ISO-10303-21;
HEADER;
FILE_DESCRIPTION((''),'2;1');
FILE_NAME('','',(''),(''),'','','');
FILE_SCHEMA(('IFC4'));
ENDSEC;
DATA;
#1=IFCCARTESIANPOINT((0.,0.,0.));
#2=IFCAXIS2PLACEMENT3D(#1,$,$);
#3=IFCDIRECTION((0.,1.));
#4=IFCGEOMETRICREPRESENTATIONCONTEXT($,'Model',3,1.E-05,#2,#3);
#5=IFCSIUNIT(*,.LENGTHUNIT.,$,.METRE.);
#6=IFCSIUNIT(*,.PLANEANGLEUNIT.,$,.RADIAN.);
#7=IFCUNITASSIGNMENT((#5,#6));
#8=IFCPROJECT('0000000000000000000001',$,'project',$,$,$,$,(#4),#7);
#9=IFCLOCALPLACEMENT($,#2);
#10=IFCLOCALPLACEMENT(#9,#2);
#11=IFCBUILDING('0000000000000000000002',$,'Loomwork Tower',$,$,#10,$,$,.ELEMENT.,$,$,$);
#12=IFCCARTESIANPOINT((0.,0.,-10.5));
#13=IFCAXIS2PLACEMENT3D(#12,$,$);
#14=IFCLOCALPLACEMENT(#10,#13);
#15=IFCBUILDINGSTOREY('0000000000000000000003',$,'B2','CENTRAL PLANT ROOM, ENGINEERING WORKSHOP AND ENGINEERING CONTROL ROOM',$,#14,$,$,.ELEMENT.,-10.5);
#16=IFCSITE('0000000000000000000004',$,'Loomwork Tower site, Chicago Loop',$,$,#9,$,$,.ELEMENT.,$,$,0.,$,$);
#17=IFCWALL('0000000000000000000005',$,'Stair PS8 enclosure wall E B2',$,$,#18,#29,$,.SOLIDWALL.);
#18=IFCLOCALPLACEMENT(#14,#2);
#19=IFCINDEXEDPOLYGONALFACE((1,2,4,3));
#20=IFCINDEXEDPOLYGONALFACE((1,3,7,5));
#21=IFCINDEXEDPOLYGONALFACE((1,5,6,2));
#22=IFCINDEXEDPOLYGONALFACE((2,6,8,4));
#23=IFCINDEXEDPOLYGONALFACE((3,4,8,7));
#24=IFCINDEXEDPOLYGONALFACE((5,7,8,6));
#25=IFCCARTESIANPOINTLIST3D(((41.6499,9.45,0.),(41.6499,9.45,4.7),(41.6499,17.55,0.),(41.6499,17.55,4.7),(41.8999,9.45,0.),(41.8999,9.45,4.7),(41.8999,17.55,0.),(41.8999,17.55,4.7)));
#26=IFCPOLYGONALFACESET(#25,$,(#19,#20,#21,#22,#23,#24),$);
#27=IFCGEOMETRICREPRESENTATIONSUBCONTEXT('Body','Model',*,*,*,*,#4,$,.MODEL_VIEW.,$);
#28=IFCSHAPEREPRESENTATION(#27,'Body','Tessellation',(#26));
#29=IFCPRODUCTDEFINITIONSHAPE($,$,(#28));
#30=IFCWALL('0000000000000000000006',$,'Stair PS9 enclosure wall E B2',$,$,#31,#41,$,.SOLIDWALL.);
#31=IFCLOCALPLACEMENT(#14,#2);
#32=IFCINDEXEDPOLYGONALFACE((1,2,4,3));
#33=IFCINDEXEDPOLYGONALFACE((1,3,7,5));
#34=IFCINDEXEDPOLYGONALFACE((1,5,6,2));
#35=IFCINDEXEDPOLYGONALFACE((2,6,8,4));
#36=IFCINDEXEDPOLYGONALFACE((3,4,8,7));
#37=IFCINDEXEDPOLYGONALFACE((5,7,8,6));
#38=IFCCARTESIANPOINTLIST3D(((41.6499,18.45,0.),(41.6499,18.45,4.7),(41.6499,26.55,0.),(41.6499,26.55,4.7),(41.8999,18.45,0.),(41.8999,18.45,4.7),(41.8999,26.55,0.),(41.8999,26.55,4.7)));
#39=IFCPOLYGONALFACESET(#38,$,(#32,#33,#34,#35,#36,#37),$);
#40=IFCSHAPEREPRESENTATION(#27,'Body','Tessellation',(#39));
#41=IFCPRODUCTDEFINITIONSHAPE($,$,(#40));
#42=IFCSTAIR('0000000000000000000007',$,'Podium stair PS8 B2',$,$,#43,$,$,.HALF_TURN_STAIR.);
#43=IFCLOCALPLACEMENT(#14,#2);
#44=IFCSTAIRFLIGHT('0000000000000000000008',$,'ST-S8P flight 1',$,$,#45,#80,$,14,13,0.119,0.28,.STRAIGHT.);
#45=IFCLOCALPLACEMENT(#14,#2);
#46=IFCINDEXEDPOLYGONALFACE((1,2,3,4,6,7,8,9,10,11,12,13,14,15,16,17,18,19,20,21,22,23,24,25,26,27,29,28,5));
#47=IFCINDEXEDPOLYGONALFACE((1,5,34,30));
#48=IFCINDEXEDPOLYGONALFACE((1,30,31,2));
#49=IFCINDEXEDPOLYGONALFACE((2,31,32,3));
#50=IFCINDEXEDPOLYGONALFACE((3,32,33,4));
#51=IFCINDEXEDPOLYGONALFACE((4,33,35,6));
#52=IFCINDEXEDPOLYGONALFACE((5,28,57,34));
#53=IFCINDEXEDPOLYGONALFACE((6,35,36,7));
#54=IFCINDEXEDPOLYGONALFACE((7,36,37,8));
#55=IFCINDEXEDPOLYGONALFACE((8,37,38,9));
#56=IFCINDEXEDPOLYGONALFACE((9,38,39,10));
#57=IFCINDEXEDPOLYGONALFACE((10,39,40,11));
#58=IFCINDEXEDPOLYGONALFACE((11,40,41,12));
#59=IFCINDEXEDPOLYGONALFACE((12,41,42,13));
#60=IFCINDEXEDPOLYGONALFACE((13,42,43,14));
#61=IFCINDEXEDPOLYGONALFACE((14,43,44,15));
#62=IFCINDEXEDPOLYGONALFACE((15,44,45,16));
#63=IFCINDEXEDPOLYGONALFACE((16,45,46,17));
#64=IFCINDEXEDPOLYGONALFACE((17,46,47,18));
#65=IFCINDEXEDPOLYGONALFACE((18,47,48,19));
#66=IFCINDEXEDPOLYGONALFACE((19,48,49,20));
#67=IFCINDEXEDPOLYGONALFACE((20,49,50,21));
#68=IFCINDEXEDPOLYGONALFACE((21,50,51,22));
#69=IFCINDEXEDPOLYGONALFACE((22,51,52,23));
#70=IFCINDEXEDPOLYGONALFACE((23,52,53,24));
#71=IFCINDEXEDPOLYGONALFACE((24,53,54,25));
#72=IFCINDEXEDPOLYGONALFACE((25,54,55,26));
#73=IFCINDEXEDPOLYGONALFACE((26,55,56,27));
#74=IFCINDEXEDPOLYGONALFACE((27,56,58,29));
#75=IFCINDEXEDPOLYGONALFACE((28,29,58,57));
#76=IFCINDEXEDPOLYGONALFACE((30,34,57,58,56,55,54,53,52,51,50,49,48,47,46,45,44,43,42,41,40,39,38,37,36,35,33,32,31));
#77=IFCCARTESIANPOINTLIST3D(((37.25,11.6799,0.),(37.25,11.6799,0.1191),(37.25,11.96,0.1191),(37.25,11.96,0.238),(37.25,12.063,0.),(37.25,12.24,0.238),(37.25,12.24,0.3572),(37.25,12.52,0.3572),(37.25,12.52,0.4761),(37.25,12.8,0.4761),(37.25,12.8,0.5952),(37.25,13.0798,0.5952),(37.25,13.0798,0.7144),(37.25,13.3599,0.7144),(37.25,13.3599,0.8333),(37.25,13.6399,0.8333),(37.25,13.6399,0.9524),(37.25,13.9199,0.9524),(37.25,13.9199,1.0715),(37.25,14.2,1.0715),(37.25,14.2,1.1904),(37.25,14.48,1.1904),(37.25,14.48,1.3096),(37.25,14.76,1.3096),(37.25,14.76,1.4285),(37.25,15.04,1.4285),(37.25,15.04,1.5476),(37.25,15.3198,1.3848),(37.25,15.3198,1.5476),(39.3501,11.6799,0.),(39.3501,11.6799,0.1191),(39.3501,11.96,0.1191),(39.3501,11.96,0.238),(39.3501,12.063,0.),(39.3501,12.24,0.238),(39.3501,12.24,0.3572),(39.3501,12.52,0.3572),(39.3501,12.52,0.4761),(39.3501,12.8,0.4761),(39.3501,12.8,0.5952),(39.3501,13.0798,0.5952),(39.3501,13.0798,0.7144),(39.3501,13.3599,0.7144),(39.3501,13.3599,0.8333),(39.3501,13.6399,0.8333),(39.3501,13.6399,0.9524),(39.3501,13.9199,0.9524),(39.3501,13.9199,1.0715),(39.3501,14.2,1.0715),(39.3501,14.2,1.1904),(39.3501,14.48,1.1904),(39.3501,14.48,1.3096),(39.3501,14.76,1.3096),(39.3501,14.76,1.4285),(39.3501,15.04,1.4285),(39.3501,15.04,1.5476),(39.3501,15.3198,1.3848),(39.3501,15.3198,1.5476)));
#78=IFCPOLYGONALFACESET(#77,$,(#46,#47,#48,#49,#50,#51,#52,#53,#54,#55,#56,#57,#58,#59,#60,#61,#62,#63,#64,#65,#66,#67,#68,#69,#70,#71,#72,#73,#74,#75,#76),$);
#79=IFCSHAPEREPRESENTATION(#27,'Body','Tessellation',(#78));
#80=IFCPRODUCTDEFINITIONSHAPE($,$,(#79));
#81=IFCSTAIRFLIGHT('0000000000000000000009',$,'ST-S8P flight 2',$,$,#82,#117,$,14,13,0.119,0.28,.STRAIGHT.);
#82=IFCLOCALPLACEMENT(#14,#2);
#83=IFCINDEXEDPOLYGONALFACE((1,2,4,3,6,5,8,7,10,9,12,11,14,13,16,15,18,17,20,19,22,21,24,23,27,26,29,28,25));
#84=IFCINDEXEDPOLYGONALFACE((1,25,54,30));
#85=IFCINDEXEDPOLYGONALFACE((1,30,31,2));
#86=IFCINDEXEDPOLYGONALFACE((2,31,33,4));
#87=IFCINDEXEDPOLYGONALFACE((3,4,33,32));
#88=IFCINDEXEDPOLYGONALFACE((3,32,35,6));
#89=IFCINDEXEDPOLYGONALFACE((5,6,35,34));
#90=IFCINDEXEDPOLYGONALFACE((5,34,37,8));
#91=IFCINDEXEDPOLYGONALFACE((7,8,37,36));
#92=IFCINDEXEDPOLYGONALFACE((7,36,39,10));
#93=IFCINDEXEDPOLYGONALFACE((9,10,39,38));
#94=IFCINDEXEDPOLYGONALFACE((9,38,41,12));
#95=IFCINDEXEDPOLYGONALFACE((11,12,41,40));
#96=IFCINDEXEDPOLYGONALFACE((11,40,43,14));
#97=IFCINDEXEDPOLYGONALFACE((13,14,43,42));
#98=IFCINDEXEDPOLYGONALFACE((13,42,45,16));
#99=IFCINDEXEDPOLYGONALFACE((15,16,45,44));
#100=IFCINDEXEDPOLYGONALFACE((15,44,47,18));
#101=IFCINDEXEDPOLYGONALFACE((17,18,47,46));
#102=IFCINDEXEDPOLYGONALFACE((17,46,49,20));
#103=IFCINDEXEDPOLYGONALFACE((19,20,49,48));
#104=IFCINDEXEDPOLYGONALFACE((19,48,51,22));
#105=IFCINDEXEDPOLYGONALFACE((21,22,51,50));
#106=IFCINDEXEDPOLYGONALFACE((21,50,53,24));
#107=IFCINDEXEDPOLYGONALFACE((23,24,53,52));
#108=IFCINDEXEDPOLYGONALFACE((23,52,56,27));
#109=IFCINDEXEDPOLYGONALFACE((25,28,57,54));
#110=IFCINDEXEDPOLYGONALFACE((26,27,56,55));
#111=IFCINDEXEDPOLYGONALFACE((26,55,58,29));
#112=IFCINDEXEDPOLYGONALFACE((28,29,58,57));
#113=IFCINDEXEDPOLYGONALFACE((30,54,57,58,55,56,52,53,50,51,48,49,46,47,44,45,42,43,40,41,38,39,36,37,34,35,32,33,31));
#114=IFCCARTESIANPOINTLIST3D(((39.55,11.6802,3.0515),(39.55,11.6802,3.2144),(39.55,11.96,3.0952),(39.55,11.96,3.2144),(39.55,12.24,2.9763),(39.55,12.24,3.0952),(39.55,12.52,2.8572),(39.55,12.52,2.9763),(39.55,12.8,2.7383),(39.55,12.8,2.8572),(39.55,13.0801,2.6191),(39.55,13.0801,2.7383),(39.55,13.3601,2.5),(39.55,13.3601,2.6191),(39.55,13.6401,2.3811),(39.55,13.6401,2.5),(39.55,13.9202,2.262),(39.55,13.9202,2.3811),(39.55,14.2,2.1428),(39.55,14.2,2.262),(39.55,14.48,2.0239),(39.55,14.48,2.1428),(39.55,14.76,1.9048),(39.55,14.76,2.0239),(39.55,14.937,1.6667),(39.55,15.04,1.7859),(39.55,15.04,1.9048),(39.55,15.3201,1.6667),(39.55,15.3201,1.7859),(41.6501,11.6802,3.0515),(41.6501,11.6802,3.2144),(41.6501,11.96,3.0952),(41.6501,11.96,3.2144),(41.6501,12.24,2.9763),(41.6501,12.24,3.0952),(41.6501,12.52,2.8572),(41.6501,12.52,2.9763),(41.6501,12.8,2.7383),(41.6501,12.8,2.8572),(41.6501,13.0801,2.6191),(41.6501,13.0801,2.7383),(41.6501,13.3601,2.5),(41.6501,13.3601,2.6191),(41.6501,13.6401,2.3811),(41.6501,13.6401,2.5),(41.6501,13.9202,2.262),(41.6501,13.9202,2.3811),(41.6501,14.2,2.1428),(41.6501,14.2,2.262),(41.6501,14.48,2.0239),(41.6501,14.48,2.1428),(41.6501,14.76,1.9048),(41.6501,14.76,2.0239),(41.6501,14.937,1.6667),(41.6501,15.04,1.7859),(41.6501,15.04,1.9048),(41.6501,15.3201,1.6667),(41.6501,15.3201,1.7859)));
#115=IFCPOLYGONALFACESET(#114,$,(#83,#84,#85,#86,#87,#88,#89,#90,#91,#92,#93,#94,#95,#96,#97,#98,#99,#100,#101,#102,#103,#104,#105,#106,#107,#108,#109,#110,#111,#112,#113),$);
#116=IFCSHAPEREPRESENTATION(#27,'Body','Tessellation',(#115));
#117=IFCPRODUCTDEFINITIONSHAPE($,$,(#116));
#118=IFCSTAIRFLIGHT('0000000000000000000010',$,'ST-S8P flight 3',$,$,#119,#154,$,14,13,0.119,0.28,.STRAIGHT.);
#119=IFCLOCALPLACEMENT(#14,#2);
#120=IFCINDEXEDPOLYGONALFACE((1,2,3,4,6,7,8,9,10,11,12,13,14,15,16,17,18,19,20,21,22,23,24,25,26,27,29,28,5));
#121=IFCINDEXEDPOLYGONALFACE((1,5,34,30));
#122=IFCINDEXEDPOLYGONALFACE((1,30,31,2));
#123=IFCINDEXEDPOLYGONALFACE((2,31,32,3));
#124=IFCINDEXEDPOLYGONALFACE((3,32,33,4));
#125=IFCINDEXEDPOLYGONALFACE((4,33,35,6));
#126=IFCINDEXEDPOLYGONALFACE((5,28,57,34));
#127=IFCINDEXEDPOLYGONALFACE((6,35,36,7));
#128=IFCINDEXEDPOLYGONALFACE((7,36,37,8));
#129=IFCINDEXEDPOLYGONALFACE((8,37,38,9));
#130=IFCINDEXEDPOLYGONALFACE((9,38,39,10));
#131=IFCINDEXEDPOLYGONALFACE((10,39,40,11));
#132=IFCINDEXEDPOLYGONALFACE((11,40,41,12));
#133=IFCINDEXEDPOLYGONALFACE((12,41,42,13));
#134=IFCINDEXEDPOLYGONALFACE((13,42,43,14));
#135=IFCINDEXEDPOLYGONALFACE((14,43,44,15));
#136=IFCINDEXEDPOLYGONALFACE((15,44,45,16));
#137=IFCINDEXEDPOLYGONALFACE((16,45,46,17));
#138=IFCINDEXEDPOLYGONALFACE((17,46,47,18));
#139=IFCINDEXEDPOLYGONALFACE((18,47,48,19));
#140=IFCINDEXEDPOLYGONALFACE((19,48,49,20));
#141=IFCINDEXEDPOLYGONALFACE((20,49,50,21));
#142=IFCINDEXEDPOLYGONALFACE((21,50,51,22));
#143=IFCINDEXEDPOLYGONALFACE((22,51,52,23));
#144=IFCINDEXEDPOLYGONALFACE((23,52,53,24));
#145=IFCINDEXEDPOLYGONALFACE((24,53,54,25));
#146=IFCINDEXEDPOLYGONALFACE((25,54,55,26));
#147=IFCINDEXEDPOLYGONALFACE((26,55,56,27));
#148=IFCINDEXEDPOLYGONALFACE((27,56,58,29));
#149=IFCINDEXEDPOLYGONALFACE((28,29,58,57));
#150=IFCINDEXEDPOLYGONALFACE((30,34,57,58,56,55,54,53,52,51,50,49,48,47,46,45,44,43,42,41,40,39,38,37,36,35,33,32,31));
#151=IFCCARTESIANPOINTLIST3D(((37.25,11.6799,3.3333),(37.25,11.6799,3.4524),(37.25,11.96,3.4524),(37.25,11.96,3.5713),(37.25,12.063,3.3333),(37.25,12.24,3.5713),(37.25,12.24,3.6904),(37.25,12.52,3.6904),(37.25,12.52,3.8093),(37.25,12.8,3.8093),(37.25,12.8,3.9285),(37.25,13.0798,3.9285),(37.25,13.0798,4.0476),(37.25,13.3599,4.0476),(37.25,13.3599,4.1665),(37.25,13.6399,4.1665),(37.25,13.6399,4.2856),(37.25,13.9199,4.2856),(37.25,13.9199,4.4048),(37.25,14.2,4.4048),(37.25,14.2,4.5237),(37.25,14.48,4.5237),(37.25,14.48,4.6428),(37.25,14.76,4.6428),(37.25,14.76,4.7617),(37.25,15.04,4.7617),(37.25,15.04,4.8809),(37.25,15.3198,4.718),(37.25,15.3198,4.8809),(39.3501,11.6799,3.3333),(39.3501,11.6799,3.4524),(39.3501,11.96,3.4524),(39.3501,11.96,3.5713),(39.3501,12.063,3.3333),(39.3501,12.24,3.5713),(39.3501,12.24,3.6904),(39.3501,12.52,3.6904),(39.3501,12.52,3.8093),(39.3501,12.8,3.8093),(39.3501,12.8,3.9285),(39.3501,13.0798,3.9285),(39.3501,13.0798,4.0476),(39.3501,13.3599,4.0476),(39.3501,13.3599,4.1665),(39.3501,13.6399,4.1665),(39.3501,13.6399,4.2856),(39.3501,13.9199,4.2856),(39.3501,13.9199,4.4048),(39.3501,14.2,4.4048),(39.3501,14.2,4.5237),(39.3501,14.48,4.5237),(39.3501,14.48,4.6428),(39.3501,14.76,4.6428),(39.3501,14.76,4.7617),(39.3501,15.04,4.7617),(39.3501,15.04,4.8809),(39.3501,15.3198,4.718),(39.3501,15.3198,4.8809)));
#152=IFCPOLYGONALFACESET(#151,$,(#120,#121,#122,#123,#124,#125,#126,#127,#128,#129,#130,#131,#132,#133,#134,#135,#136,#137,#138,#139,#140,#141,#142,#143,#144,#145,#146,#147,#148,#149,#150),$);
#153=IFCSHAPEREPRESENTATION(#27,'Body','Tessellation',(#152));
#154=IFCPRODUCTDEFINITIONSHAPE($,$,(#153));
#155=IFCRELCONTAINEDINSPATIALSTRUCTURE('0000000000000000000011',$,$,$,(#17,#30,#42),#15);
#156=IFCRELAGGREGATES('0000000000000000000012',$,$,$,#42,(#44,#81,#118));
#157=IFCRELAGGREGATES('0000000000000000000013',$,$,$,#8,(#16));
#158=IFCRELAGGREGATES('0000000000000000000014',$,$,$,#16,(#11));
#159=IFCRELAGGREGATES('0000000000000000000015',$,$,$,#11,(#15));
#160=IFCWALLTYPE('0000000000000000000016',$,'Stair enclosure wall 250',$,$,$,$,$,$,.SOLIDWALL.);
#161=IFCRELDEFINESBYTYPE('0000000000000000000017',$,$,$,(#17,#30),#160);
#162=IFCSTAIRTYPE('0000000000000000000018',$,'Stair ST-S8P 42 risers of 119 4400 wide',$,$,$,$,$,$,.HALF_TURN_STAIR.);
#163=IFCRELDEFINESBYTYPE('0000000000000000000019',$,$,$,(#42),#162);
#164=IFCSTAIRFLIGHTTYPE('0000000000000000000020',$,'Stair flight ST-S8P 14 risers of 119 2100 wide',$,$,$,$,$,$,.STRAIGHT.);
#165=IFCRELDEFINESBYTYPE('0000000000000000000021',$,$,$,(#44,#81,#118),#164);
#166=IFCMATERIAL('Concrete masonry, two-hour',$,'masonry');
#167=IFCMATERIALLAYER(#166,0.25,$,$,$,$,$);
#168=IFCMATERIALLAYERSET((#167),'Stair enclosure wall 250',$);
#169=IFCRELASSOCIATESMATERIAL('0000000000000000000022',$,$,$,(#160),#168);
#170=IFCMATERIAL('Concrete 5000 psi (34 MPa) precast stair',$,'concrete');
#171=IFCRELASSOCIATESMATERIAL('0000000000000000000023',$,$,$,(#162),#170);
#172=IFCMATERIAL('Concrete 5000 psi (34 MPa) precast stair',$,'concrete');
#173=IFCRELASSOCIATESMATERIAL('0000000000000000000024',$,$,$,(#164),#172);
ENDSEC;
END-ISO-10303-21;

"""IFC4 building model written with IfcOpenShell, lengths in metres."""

from ifc_helpers import new_model, si_unit, direction, frame, frame_2d, origin, place, context, subcontext, project, spatial, polyline, rectangle, outline, extrude, material, layer, layer_set, type_object, element, aggregate, save


model = new_model("IFC4")

# Units and contexts
model_context = context("Model", 3, precision=1e-05, world=origin(), true_north=direction((0.0, 1.0)))
body_context = subcontext(model_context, "Body", "Model", "MODEL_VIEW")
ifc_project = project(units=[si_unit("LENGTHUNIT", "METRE"), si_unit("PLANEANGLEUNIT", "RADIAN")], contexts=[model_context])

# Site, building, storey
site_placement = place(None, origin())
site = spatial("IfcSite", under=ifc_project, at=site_placement, Name="Loomwork Tower site, Chicago Loop", CompositionType="ELEMENT", RefElevation=0.0)
building_placement = place(site_placement, origin())
building = spatial("IfcBuilding", under=site, at=building_placement, Name="Loomwork Tower", CompositionType="ELEMENT")
storey_placement = place(building_placement, frame((0.0, 0.0, -10.5)))
storey = spatial("IfcBuildingStorey", under=building, at=storey_placement, Name="B2", Description="CENTRAL PLANT ROOM, ENGINEERING WORKSHOP AND ENGINEERING CONTROL ROOM", CompositionType="ELEMENT", Elevation=-10.5)

# Walls
ifc_material_1 = material(Name="Concrete masonry, two-hour", Category="masonry")
ifc_layer_1 = layer(ifc_material_1, 0.25)
ifc_layer_set_1 = layer_set([ifc_layer_1], Name="Stair enclosure wall 250")
wall_type_1 = type_object("IfcWallType", Name="Stair enclosure wall 250", PredefinedType="SOLIDWALL", material=ifc_layer_set_1)
for number, where, z_axis, x_axis, name in (
    (1, (41.7749, 9.45, 0.0), (0.0, 0.0, 1.0), (0.0, 1.0, 0.0), "Stair PS8 enclosure wall E B2"),
    (2, (41.7749, 18.45, 0.0), (0.0, 0.0, 1.0), (0.0, 1.0, 0.0), "Stair PS9 enclosure wall E B2"),
):
    element("IfcWall", number, at=place(storey_placement, frame(where, z_axis=z_axis, x_axis=x_axis)), inside=storey, type_object=wall_type_1, Name=name, PredefinedType="SOLIDWALL", context=body_context, shape_type="SweptSolid", body=[
        extrude(rectangle(XDim=8.1001, YDim=0.25, at=frame_2d((4.05, 0.0))), origin(), (0.0, 0.0, 1.0), 4.7),
    ])

# Stair, stair flights
ifc_material_2 = material(Name="Concrete 5000 psi (34 MPa) precast stair", Category="concrete")
stair_type_1 = type_object("IfcStairType", Name="Stair ST-S8P 42 risers of 119 4400 wide", PredefinedType="HALF_TURN_STAIR", material=ifc_material_2)
stair_1_placement = place(storey_placement, origin())
stair_1 = element("IfcStair", 3, at=stair_1_placement, inside=storey, type_object=stair_type_1, Name="Podium stair PS8 B2", PredefinedType="HALF_TURN_STAIR")
ifc_material_3 = material(Name="Concrete 5000 psi (34 MPa) precast stair", Category="concrete")
stair_flight_type_1 = type_object("IfcStairFlightType", Name="Stair flight ST-S8P 14 risers of 119 2100 wide", PredefinedType="STRAIGHT", material=ifc_material_3)
stair_flight_1_placement = place(storey_placement, frame((38.3, 11.6799, 0.0), z_axis=(0.0, 0.0, 1.0), x_axis=(0.0, 1.0, 0.0)))
stair_flight_1 = element("IfcStairFlight", 4, at=stair_flight_1_placement, type_object=stair_flight_type_1, Name="ST-S8P flight 1", NumberOfRisers=14, NumberOfTreads=13, PredefinedType="STRAIGHT", RiserHeight=0.119, TreadLength=0.28, context=body_context, shape_type="SweptSolid", body=[
    extrude(outline(polyline([(0.0, 0.0), (0.0, 0.1191), (0.28, 0.1191), (0.28, 0.238), (0.5601, 0.238), (0.5601, 0.3572), (0.8401, 0.3572), (0.8401, 0.4761), (1.1201, 0.4761), (1.1201, 0.5952), (1.3999, 0.5952), (1.3999, 0.7144), (1.6799, 0.7144), (1.6799, 0.8333), (1.96, 0.8333), (1.96, 0.9524), (2.24, 0.9524), (2.24, 1.0715), (2.52, 1.0715), (2.52, 1.1904), (2.8, 1.1904), (2.8, 1.3096), (3.0801, 1.3096), (3.0801, 1.4285), (3.3601, 1.4285), (3.3601, 1.5476), (3.6399, 1.5476), (3.6399, 1.6667), (3.6399, 1.3848), (0.3831, 0.0), (0.0, 0.0)])), frame((0.0, 1.05, 0.0), z_axis=(0.0, -1.0, 0.0), x_axis=(1.0, 0.0, 0.0)), (0.0, 0.0, 1.0), 2.1001),
])
stair_flight_2_placement = place(storey_placement, frame((40.6001, 15.3201, 1.6667), z_axis=(0.0, 0.0, 1.0), x_axis=(0.0, -1.0, 0.0)))
stair_flight_2 = element("IfcStairFlight", 5, at=stair_flight_2_placement, type_object=stair_flight_type_1, Name="ST-S8P flight 2", NumberOfRisers=14, NumberOfTreads=13, PredefinedType="STRAIGHT", RiserHeight=0.119, TreadLength=0.28, context=body_context, shape_type="SweptSolid", body=[
    extrude(outline(polyline([(0.0, 0.0), (0.0, 0.1191), (0.28, 0.1191), (0.28, 0.238), (0.5601, 0.238), (0.5601, 0.3572), (0.8401, 0.3572), (0.8401, 0.4761), (1.1201, 0.4761), (1.1201, 0.5952), (1.3999, 0.5952), (1.3999, 0.7144), (1.6799, 0.7144), (1.6799, 0.8333), (1.96, 0.8333), (1.96, 0.9524), (2.24, 0.9524), (2.24, 1.0715), (2.52, 1.0715), (2.52, 1.1904), (2.8, 1.1904), (2.8, 1.3096), (3.0801, 1.3096), (3.0801, 1.4285), (3.3601, 1.4285), (3.3601, 1.5476), (3.6399, 1.5476), (3.6399, 1.6667), (3.6399, 1.3848), (0.3831, 0.0), (0.0, 0.0)])), frame((0.0, 1.05, 0.0), z_axis=(0.0, -1.0, 0.0), x_axis=(1.0, 0.0, 0.0)), (0.0, 0.0, 1.0), 2.1001),
])
stair_flight_3_placement = place(storey_placement, frame((38.3, 11.6799, 3.3333), z_axis=(0.0, 0.0, 1.0), x_axis=(0.0, 1.0, 0.0)))
stair_flight_3 = element("IfcStairFlight", 6, at=stair_flight_3_placement, type_object=stair_flight_type_1, Name="ST-S8P flight 3", NumberOfRisers=14, NumberOfTreads=13, PredefinedType="STRAIGHT", RiserHeight=0.119, TreadLength=0.28, context=body_context, shape_type="SweptSolid", body=[
    extrude(outline(polyline([(0.0, 0.0), (0.0, 0.1191), (0.28, 0.1191), (0.28, 0.238), (0.5601, 0.238), (0.5601, 0.3572), (0.8401, 0.3572), (0.8401, 0.4761), (1.1201, 0.4761), (1.1201, 0.5952), (1.3999, 0.5952), (1.3999, 0.7144), (1.6799, 0.7144), (1.6799, 0.8333), (1.96, 0.8333), (1.96, 0.9524), (2.24, 0.9524), (2.24, 1.0715), (2.52, 1.0715), (2.52, 1.1904), (2.8, 1.1904), (2.8, 1.3096), (3.0801, 1.3096), (3.0801, 1.4285), (3.3601, 1.4285), (3.3601, 1.5476), (3.6399, 1.5476), (3.6399, 1.6667), (3.6399, 1.3848), (0.3831, 0.0), (0.0, 0.0)])), frame((0.0, 1.05, 0.0), z_axis=(0.0, -1.0, 0.0), x_axis=(1.0, 0.0, 0.0)), (0.0, 0.0, 1.0), 2.1001),
])
aggregate(stair_1, [stair_flight_1, stair_flight_2, stair_flight_3])

save(model, "model.ifc")
